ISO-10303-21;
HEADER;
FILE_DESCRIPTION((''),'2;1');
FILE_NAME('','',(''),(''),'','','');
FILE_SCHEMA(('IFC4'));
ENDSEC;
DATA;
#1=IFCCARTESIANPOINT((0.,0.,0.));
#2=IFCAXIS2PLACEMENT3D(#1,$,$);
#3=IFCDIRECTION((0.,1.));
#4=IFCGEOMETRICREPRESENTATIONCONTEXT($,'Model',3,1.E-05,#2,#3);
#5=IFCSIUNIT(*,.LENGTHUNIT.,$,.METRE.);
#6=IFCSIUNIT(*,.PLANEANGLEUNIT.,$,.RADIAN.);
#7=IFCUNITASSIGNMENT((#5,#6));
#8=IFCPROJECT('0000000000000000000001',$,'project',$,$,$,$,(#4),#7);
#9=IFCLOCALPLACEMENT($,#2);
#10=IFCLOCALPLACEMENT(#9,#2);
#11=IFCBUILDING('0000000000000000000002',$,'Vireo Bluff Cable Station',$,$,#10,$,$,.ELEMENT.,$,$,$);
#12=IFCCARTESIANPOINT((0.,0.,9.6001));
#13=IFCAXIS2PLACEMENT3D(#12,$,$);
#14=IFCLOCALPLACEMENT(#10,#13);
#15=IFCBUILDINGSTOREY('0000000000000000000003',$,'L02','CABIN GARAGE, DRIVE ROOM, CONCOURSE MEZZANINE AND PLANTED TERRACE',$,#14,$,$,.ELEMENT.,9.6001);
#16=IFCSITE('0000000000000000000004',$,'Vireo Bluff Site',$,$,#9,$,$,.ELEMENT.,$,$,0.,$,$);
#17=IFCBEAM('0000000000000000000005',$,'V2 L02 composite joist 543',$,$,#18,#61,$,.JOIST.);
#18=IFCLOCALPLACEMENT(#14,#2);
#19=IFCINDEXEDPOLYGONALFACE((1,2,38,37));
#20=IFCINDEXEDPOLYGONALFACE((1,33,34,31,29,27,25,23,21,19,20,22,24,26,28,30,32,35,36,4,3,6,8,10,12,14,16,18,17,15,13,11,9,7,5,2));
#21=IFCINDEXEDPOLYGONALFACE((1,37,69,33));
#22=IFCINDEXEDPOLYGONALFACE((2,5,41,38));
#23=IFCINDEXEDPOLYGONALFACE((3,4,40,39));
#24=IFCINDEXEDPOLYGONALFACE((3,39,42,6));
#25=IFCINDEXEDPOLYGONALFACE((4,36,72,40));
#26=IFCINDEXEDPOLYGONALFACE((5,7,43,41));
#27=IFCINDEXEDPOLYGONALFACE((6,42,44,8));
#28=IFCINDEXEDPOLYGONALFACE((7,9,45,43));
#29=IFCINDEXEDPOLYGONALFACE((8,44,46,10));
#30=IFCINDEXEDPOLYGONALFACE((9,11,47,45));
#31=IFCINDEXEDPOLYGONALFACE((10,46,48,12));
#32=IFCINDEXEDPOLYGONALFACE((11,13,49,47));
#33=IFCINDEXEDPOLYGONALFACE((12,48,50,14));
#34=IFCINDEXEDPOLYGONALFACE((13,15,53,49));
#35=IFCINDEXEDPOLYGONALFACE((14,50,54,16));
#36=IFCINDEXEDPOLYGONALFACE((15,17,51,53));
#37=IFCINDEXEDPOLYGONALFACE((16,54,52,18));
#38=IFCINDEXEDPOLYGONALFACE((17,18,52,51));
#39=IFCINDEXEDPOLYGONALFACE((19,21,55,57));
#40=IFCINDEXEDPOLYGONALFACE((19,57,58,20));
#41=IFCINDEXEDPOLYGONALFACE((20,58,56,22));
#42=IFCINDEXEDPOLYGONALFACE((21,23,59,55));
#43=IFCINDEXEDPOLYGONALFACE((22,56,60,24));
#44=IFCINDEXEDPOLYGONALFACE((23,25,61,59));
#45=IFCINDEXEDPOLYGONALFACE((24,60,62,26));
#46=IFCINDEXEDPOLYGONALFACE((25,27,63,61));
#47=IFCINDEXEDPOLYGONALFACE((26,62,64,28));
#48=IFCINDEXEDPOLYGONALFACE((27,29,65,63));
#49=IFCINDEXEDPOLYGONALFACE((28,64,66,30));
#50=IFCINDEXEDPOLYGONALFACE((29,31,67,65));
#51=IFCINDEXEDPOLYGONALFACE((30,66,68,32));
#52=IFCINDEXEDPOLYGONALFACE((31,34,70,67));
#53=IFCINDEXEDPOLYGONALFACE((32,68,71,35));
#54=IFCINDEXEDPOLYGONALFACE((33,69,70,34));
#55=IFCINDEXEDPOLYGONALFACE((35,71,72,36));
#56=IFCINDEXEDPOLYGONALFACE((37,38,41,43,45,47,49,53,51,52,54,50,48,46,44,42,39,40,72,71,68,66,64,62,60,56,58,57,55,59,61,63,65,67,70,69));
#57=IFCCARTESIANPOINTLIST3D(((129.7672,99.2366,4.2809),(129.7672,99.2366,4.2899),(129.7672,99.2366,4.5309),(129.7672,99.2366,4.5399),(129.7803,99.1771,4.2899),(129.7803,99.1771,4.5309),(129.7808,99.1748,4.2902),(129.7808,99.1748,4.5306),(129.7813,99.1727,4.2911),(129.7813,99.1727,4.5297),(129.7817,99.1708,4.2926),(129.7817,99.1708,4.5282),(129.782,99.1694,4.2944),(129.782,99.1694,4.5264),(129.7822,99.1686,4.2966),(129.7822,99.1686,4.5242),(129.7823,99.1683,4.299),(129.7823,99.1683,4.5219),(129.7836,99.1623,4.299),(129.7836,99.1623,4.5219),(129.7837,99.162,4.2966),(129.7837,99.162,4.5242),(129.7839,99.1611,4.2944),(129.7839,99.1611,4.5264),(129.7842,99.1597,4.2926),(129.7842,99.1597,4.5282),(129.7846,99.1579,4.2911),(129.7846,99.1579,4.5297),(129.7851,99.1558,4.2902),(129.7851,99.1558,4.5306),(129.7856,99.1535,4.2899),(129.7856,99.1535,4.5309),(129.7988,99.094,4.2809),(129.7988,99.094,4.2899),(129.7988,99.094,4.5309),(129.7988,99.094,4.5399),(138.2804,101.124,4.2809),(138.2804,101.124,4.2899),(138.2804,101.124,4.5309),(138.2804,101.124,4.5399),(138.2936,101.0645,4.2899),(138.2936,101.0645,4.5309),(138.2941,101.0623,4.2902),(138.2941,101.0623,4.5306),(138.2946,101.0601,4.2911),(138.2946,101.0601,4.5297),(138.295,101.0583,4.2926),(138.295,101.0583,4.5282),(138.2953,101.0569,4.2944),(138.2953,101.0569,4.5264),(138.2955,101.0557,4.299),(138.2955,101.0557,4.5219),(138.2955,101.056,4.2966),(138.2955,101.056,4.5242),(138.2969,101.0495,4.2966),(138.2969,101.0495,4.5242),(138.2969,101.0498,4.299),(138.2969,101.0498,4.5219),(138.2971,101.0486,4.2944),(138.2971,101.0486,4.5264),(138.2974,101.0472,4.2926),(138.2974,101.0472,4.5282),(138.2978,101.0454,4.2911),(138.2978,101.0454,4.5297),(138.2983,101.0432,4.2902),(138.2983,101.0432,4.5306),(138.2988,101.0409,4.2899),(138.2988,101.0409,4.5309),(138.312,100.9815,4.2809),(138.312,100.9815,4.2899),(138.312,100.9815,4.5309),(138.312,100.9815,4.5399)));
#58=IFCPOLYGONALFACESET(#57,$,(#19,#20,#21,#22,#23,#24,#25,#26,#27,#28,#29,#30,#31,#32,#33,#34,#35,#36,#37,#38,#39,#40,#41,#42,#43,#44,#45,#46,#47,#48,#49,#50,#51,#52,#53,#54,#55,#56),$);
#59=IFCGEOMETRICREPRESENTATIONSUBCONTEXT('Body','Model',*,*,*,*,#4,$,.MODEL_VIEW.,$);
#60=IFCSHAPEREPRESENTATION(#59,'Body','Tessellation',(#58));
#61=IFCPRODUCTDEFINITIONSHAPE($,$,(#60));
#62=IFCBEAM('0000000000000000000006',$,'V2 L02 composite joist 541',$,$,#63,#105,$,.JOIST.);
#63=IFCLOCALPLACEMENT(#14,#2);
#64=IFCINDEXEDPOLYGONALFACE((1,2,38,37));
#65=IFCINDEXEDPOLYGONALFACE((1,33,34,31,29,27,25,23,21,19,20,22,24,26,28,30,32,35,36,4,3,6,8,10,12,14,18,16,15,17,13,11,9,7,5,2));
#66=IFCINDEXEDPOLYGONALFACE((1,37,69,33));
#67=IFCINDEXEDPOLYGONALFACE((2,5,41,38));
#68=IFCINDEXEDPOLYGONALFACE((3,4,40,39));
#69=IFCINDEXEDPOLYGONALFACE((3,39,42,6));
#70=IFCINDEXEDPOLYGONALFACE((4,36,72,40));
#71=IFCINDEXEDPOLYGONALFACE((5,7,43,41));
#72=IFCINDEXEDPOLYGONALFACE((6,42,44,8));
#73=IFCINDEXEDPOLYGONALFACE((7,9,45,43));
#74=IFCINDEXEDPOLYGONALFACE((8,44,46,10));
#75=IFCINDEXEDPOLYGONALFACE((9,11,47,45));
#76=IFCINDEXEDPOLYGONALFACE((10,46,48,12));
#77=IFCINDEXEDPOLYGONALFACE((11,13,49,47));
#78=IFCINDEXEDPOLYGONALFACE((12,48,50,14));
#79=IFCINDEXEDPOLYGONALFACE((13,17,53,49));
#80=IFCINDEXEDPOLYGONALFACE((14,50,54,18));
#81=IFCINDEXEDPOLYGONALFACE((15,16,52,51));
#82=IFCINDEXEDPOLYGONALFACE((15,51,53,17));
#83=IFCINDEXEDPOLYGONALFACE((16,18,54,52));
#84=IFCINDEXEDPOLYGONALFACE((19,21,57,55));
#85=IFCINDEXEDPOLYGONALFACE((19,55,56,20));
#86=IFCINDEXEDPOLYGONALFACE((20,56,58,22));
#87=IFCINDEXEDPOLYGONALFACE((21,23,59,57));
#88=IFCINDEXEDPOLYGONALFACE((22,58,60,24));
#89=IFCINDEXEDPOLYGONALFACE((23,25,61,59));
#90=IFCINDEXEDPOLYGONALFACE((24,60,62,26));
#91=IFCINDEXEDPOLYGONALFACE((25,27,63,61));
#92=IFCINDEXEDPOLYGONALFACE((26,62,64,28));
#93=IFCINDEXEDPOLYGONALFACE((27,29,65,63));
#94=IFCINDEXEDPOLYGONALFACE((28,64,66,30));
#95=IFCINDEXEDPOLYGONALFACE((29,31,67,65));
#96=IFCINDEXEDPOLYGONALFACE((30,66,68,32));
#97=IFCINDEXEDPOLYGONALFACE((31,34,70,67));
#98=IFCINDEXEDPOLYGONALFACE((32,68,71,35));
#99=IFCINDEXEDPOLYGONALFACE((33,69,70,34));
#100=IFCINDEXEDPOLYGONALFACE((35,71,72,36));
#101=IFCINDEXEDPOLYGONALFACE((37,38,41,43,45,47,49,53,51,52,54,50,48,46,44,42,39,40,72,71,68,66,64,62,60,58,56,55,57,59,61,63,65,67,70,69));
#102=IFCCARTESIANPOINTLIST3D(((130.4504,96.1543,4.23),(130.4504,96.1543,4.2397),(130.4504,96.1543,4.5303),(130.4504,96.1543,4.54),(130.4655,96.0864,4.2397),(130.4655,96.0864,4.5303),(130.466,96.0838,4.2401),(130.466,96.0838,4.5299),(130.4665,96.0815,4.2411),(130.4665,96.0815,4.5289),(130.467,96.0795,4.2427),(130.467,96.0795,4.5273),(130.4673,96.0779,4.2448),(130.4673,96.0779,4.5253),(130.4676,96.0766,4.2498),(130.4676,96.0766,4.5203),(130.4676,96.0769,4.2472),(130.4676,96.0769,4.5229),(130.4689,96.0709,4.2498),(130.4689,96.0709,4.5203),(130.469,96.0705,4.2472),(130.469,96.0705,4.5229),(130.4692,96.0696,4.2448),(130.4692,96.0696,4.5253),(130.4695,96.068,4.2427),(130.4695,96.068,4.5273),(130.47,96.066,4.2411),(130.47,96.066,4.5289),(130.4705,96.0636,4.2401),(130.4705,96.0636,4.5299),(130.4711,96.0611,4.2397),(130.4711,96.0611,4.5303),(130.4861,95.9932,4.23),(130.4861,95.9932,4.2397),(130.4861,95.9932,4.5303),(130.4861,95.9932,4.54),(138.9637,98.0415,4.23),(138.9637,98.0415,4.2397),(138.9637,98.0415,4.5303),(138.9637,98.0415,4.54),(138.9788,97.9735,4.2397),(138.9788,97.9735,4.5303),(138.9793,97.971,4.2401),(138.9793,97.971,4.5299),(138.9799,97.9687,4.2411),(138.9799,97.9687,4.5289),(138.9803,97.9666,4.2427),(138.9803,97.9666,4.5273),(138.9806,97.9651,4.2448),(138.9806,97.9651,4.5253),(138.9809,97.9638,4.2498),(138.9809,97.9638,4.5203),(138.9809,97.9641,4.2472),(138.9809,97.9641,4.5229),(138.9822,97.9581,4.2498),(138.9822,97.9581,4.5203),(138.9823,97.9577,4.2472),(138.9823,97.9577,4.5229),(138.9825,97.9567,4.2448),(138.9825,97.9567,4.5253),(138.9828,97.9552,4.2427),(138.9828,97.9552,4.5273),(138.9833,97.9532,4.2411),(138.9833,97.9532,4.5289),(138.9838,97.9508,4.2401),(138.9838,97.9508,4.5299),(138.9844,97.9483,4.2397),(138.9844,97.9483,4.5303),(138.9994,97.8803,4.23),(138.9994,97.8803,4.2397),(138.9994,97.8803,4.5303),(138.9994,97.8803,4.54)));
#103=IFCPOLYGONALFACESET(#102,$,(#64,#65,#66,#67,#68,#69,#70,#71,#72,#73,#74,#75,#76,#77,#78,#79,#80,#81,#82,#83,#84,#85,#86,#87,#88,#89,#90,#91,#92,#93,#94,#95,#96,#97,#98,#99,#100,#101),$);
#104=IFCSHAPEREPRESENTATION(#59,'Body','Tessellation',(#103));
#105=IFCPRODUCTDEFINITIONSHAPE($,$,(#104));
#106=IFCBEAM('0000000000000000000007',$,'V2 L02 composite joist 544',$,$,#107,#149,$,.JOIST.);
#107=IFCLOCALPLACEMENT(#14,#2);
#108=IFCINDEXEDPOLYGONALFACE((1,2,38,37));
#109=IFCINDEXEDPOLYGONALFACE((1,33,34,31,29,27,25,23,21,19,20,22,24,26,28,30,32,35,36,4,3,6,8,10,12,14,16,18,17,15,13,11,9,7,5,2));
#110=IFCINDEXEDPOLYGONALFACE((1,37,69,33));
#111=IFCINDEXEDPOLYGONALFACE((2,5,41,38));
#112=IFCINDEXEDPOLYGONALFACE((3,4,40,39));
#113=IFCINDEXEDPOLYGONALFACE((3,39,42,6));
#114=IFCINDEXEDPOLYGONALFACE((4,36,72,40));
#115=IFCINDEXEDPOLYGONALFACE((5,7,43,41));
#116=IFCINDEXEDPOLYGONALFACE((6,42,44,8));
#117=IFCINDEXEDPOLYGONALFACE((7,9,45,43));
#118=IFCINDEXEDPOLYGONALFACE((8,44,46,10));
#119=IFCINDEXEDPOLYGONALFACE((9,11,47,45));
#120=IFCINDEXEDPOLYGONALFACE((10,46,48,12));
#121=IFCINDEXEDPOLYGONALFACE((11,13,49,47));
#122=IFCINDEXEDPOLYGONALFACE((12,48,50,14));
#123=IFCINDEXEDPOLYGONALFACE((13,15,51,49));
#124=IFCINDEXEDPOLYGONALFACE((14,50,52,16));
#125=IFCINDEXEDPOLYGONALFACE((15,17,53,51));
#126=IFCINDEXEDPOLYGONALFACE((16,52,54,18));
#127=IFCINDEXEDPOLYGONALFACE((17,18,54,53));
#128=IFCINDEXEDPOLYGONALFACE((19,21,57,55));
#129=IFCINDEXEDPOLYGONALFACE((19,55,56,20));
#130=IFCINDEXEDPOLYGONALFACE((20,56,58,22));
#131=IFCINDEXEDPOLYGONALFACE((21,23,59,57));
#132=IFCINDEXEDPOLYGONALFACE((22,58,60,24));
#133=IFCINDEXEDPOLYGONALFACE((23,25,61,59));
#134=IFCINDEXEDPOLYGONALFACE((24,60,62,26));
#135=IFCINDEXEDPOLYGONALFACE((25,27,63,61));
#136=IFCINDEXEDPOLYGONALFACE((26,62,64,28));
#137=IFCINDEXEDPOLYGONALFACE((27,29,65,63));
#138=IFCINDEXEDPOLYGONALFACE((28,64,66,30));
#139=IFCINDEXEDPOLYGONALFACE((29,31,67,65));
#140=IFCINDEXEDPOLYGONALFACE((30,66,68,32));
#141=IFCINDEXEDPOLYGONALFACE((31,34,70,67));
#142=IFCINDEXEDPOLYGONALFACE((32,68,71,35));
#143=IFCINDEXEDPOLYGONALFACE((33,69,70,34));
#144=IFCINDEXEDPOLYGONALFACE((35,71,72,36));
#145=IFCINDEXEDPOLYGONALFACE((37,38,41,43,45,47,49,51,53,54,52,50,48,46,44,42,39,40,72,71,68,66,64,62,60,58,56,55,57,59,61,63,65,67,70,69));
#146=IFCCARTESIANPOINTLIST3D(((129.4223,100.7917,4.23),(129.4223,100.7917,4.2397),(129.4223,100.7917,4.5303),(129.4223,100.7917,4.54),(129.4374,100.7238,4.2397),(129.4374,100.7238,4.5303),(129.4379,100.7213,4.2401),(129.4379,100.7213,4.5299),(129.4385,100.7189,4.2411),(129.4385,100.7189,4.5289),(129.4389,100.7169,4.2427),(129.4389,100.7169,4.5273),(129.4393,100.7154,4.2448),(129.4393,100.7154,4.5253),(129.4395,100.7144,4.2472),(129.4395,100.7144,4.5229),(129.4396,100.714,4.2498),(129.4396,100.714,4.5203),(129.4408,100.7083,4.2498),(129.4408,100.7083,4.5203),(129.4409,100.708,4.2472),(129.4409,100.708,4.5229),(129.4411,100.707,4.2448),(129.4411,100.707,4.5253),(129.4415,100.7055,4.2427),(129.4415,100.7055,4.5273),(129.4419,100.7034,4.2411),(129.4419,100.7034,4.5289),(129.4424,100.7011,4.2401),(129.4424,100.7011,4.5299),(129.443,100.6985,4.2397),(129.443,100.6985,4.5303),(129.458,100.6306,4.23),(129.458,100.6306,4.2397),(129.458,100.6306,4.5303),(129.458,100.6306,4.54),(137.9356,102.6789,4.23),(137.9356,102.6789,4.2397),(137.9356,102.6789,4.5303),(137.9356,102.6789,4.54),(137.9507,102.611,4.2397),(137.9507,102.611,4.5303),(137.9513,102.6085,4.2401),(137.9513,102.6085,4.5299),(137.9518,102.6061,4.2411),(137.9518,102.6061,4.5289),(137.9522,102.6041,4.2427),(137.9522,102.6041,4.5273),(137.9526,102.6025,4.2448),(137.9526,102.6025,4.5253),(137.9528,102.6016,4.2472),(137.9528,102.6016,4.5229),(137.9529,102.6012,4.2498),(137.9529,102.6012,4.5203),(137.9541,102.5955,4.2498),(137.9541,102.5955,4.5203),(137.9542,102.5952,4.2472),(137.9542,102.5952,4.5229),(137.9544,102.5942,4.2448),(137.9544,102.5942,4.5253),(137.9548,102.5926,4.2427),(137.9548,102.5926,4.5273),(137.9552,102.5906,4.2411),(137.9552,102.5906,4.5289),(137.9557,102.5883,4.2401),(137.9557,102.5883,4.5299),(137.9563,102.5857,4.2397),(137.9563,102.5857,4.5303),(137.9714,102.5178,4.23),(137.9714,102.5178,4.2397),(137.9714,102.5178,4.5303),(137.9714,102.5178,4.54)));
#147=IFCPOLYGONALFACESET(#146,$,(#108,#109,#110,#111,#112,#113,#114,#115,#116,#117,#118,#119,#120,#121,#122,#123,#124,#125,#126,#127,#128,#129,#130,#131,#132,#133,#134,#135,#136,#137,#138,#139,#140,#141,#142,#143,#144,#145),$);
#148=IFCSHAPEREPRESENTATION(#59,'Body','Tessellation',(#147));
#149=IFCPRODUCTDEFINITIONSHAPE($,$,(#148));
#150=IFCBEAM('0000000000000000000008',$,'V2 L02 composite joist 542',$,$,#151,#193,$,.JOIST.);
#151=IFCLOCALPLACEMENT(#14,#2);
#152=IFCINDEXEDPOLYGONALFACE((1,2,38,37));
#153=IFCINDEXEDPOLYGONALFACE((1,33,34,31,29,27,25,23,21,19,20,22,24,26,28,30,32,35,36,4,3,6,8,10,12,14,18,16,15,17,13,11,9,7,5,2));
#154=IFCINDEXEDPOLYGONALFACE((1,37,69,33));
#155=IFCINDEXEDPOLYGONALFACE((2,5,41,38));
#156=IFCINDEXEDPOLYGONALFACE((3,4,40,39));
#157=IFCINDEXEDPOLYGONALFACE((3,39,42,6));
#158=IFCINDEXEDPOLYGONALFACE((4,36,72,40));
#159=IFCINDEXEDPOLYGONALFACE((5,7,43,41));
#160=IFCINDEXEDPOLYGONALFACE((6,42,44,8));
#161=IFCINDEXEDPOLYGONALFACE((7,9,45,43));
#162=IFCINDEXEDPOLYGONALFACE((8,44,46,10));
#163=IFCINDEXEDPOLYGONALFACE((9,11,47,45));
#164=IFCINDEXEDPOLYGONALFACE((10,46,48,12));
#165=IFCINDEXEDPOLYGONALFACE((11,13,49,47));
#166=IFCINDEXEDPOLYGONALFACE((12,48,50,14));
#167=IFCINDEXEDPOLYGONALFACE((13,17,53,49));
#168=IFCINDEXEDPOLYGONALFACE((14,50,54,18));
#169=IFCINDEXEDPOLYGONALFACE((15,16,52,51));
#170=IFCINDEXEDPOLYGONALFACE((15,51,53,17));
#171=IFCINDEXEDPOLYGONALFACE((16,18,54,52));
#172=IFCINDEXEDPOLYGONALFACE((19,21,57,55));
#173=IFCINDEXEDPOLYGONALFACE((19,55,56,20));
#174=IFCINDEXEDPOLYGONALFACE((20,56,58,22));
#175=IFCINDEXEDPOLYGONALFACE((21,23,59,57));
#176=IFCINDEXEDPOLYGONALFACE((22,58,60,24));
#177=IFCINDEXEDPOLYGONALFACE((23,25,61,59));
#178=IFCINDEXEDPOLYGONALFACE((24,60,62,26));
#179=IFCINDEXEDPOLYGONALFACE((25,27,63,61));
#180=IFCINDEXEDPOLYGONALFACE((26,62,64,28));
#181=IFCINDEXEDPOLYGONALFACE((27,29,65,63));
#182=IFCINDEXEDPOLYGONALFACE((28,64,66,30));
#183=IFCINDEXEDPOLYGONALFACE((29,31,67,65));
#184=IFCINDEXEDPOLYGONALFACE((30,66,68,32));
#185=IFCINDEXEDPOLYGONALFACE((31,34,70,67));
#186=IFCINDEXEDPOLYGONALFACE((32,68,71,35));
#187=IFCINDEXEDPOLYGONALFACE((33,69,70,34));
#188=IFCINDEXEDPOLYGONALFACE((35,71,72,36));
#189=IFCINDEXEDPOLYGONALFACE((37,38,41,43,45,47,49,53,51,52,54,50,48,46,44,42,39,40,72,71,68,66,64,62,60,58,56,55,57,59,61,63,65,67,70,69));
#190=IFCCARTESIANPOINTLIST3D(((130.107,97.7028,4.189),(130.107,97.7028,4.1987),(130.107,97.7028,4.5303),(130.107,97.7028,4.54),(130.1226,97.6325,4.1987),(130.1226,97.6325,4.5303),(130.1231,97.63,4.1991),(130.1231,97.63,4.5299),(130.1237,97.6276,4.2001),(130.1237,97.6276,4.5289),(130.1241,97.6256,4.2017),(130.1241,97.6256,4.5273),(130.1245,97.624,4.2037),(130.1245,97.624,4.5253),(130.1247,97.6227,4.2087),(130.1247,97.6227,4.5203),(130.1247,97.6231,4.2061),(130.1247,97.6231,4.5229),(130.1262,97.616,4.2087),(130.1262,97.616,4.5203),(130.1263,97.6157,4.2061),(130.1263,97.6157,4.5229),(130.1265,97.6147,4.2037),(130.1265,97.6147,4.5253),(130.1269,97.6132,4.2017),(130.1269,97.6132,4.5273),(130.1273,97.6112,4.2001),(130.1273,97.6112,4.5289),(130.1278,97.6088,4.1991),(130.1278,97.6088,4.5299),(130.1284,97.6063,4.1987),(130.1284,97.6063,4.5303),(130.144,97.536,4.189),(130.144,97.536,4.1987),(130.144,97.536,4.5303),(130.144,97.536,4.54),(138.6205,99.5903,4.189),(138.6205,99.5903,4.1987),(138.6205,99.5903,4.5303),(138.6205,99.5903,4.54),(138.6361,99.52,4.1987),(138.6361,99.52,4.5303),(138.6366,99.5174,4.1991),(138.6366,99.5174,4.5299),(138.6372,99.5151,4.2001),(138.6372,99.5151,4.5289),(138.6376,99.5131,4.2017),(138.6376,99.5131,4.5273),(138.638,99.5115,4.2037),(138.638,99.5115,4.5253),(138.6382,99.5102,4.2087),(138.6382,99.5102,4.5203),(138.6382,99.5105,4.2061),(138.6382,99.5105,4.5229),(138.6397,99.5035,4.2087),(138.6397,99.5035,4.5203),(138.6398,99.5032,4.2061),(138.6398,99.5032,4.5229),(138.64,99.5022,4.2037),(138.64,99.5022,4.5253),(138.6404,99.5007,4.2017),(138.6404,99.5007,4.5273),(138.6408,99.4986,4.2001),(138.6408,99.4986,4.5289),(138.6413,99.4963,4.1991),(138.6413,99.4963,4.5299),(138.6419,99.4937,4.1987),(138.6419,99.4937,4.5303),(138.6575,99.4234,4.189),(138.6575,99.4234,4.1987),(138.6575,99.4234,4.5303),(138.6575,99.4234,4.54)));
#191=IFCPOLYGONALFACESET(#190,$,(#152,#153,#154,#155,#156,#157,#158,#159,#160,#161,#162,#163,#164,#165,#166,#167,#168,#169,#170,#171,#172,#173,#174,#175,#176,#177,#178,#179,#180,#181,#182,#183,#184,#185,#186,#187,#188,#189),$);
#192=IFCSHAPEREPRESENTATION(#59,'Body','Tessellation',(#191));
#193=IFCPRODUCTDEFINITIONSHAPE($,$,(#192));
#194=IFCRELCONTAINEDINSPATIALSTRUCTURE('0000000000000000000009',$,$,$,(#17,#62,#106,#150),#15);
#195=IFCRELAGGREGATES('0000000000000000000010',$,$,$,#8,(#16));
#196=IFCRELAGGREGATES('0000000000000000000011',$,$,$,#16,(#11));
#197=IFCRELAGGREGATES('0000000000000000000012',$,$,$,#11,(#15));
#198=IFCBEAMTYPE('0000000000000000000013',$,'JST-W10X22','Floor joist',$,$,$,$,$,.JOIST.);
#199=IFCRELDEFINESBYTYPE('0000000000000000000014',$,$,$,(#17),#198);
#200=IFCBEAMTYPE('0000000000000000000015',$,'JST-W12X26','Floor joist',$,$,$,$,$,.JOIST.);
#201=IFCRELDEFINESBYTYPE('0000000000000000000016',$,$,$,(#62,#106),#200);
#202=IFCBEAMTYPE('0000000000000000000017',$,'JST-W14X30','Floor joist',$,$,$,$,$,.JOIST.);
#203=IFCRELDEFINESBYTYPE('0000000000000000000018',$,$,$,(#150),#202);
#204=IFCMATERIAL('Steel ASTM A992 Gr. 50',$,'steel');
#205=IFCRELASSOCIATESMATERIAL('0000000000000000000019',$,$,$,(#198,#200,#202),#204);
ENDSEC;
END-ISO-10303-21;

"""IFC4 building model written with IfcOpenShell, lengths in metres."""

from ifc_helpers import new_model, si_unit, direction, frame, origin, origin_2d, place, context, subcontext, project, spatial, i_section, extrude, material, material_profile, profile_set, type_object, element, save


model = new_model("IFC4")

# Units and contexts
model_context = context("Model", 3, precision=1e-05, world=origin(), true_north=direction((0.0, 1.0)))
body_context = subcontext(model_context, "Body", "Model", "MODEL_VIEW")
ifc_project = project(units=[si_unit("LENGTHUNIT", "METRE"), si_unit("PLANEANGLEUNIT", "RADIAN")], contexts=[model_context])

# Site, building, storey
site_placement = place(None, origin())
site = spatial("IfcSite", under=ifc_project, at=site_placement, Name="Vireo Bluff Site", CompositionType="ELEMENT", RefElevation=0.0)
building_placement = place(site_placement, origin())
building = spatial("IfcBuilding", under=site, at=building_placement, Name="Vireo Bluff Cable Station", CompositionType="ELEMENT")
storey_placement = place(building_placement, frame((0.0, 0.0, 9.6001)))
storey = spatial("IfcBuildingStorey", under=building, at=storey_placement, Name="L02", Description="CABIN GARAGE, DRIVE ROOM, CONCOURSE MEZZANINE AND PLANTED TERRACE", CompositionType="ELEMENT", Elevation=9.6001)

# Beams
ifc_material_1 = material(Name="Steel ASTM A992 Gr. 50", Category="steel")
ifc_material_profile_1 = material_profile(ifc_material_1, i_section(OverallWidth=0.146, OverallDepth=0.259, WebThickness=0.0061, FlangeThickness=0.009, FilletRadius=0.009, at=origin_2d()), Name="W10X22")
ifc_profile_set_1 = profile_set([ifc_material_profile_1], Name="Steel ASTM A992 Gr. 50")
beam_type_1 = type_object("IfcBeamType", Name="JST-W10X22", Description="Floor joist", PredefinedType="JOIST", material=ifc_profile_set_1)
beam_placement = place(storey_placement, frame((129.783, 99.1653, 4.4104), z_axis=(0.976293, 0.216453, 0.0), x_axis=(-0.216453, 0.976293, 0.0)))
element("IfcBeam", 1, at=beam_placement, inside=storey, type_object=beam_type_1, Name="V2 L02 composite joist 543", PredefinedType="JOIST", context=body_context, shape_type="SweptSolid", body=[
    extrude(i_section(OverallWidth=0.146, OverallDepth=0.259, WebThickness=0.0061, FlangeThickness=0.009, FilletRadius=0.009, at=origin_2d()), origin(), (0.0, 0.0, 1.0), 8.72),
])
ifc_material_profile_2 = material_profile(ifc_material_1, i_section(OverallWidth=0.165, OverallDepth=0.3101, WebThickness=0.0059, FlangeThickness=0.0098, FilletRadius=0.01, at=origin_2d()), Name="W12X26")
ifc_profile_set_2 = profile_set([ifc_material_profile_2], Name="Steel ASTM A992 Gr. 50")
beam_type_2 = type_object("IfcBeamType", Name="JST-W12X26", Description="Floor joist", PredefinedType="JOIST", material=ifc_profile_set_2)
for number, where, z_axis, x_axis, name in (
    (2, (130.4683, 96.0737, 4.385), (0.9763, 0.216421, 0.0), (-0.216421, 0.9763, 0.0), "V2 L02 composite joist 541"),
    (3, (129.4402, 100.7112, 4.385), (0.9763, 0.216421, 0.0), (-0.216421, 0.9763, 0.0), "V2 L02 composite joist 544"),
):
    element("IfcBeam", number, at=place(storey_placement, frame(where, z_axis=z_axis, x_axis=x_axis)), inside=storey, type_object=beam_type_2, Name=name, PredefinedType="JOIST", context=body_context, shape_type="SweptSolid", body=[
        extrude(i_section(OverallWidth=0.165, OverallDepth=0.3101, WebThickness=0.0059, FlangeThickness=0.0098, FilletRadius=0.01, at=origin_2d()), origin(), (0.0, 0.0, 1.0), 8.72),
    ])
ifc_material_profile_3 = material_profile(ifc_material_1, i_section(OverallWidth=0.1709, OverallDepth=0.3511, WebThickness=0.0068, FlangeThickness=0.0098, FilletRadius=0.01, at=origin_2d()), Name="W14X30")
ifc_profile_set_3 = profile_set([ifc_material_profile_3], Name="Steel ASTM A992 Gr. 50")
beam_type_3 = type_object("IfcBeamType", Name="JST-W14X30", Description="Floor joist", PredefinedType="JOIST", material=ifc_profile_set_3)
for number, where, z_axis, x_axis, name in (
    (4, (130.1255, 97.6194, 4.3645), (0.976294, 0.216447, 0.0), (-0.216447, 0.976294, 0.0), "V2 L02 composite joist 542"),
):
    element("IfcBeam", number, at=place(storey_placement, frame(where, z_axis=z_axis, x_axis=x_axis)), inside=storey, type_object=beam_type_3, Name=name, PredefinedType="JOIST", context=body_context, shape_type="SweptSolid", body=[
        extrude(i_section(OverallWidth=0.1709, OverallDepth=0.3511, WebThickness=0.0068, FlangeThickness=0.0098, FilletRadius=0.01, at=origin_2d()), origin(), (0.0, 0.0, 1.0), 8.7202),
    ])

save(model, "model.ifc")
